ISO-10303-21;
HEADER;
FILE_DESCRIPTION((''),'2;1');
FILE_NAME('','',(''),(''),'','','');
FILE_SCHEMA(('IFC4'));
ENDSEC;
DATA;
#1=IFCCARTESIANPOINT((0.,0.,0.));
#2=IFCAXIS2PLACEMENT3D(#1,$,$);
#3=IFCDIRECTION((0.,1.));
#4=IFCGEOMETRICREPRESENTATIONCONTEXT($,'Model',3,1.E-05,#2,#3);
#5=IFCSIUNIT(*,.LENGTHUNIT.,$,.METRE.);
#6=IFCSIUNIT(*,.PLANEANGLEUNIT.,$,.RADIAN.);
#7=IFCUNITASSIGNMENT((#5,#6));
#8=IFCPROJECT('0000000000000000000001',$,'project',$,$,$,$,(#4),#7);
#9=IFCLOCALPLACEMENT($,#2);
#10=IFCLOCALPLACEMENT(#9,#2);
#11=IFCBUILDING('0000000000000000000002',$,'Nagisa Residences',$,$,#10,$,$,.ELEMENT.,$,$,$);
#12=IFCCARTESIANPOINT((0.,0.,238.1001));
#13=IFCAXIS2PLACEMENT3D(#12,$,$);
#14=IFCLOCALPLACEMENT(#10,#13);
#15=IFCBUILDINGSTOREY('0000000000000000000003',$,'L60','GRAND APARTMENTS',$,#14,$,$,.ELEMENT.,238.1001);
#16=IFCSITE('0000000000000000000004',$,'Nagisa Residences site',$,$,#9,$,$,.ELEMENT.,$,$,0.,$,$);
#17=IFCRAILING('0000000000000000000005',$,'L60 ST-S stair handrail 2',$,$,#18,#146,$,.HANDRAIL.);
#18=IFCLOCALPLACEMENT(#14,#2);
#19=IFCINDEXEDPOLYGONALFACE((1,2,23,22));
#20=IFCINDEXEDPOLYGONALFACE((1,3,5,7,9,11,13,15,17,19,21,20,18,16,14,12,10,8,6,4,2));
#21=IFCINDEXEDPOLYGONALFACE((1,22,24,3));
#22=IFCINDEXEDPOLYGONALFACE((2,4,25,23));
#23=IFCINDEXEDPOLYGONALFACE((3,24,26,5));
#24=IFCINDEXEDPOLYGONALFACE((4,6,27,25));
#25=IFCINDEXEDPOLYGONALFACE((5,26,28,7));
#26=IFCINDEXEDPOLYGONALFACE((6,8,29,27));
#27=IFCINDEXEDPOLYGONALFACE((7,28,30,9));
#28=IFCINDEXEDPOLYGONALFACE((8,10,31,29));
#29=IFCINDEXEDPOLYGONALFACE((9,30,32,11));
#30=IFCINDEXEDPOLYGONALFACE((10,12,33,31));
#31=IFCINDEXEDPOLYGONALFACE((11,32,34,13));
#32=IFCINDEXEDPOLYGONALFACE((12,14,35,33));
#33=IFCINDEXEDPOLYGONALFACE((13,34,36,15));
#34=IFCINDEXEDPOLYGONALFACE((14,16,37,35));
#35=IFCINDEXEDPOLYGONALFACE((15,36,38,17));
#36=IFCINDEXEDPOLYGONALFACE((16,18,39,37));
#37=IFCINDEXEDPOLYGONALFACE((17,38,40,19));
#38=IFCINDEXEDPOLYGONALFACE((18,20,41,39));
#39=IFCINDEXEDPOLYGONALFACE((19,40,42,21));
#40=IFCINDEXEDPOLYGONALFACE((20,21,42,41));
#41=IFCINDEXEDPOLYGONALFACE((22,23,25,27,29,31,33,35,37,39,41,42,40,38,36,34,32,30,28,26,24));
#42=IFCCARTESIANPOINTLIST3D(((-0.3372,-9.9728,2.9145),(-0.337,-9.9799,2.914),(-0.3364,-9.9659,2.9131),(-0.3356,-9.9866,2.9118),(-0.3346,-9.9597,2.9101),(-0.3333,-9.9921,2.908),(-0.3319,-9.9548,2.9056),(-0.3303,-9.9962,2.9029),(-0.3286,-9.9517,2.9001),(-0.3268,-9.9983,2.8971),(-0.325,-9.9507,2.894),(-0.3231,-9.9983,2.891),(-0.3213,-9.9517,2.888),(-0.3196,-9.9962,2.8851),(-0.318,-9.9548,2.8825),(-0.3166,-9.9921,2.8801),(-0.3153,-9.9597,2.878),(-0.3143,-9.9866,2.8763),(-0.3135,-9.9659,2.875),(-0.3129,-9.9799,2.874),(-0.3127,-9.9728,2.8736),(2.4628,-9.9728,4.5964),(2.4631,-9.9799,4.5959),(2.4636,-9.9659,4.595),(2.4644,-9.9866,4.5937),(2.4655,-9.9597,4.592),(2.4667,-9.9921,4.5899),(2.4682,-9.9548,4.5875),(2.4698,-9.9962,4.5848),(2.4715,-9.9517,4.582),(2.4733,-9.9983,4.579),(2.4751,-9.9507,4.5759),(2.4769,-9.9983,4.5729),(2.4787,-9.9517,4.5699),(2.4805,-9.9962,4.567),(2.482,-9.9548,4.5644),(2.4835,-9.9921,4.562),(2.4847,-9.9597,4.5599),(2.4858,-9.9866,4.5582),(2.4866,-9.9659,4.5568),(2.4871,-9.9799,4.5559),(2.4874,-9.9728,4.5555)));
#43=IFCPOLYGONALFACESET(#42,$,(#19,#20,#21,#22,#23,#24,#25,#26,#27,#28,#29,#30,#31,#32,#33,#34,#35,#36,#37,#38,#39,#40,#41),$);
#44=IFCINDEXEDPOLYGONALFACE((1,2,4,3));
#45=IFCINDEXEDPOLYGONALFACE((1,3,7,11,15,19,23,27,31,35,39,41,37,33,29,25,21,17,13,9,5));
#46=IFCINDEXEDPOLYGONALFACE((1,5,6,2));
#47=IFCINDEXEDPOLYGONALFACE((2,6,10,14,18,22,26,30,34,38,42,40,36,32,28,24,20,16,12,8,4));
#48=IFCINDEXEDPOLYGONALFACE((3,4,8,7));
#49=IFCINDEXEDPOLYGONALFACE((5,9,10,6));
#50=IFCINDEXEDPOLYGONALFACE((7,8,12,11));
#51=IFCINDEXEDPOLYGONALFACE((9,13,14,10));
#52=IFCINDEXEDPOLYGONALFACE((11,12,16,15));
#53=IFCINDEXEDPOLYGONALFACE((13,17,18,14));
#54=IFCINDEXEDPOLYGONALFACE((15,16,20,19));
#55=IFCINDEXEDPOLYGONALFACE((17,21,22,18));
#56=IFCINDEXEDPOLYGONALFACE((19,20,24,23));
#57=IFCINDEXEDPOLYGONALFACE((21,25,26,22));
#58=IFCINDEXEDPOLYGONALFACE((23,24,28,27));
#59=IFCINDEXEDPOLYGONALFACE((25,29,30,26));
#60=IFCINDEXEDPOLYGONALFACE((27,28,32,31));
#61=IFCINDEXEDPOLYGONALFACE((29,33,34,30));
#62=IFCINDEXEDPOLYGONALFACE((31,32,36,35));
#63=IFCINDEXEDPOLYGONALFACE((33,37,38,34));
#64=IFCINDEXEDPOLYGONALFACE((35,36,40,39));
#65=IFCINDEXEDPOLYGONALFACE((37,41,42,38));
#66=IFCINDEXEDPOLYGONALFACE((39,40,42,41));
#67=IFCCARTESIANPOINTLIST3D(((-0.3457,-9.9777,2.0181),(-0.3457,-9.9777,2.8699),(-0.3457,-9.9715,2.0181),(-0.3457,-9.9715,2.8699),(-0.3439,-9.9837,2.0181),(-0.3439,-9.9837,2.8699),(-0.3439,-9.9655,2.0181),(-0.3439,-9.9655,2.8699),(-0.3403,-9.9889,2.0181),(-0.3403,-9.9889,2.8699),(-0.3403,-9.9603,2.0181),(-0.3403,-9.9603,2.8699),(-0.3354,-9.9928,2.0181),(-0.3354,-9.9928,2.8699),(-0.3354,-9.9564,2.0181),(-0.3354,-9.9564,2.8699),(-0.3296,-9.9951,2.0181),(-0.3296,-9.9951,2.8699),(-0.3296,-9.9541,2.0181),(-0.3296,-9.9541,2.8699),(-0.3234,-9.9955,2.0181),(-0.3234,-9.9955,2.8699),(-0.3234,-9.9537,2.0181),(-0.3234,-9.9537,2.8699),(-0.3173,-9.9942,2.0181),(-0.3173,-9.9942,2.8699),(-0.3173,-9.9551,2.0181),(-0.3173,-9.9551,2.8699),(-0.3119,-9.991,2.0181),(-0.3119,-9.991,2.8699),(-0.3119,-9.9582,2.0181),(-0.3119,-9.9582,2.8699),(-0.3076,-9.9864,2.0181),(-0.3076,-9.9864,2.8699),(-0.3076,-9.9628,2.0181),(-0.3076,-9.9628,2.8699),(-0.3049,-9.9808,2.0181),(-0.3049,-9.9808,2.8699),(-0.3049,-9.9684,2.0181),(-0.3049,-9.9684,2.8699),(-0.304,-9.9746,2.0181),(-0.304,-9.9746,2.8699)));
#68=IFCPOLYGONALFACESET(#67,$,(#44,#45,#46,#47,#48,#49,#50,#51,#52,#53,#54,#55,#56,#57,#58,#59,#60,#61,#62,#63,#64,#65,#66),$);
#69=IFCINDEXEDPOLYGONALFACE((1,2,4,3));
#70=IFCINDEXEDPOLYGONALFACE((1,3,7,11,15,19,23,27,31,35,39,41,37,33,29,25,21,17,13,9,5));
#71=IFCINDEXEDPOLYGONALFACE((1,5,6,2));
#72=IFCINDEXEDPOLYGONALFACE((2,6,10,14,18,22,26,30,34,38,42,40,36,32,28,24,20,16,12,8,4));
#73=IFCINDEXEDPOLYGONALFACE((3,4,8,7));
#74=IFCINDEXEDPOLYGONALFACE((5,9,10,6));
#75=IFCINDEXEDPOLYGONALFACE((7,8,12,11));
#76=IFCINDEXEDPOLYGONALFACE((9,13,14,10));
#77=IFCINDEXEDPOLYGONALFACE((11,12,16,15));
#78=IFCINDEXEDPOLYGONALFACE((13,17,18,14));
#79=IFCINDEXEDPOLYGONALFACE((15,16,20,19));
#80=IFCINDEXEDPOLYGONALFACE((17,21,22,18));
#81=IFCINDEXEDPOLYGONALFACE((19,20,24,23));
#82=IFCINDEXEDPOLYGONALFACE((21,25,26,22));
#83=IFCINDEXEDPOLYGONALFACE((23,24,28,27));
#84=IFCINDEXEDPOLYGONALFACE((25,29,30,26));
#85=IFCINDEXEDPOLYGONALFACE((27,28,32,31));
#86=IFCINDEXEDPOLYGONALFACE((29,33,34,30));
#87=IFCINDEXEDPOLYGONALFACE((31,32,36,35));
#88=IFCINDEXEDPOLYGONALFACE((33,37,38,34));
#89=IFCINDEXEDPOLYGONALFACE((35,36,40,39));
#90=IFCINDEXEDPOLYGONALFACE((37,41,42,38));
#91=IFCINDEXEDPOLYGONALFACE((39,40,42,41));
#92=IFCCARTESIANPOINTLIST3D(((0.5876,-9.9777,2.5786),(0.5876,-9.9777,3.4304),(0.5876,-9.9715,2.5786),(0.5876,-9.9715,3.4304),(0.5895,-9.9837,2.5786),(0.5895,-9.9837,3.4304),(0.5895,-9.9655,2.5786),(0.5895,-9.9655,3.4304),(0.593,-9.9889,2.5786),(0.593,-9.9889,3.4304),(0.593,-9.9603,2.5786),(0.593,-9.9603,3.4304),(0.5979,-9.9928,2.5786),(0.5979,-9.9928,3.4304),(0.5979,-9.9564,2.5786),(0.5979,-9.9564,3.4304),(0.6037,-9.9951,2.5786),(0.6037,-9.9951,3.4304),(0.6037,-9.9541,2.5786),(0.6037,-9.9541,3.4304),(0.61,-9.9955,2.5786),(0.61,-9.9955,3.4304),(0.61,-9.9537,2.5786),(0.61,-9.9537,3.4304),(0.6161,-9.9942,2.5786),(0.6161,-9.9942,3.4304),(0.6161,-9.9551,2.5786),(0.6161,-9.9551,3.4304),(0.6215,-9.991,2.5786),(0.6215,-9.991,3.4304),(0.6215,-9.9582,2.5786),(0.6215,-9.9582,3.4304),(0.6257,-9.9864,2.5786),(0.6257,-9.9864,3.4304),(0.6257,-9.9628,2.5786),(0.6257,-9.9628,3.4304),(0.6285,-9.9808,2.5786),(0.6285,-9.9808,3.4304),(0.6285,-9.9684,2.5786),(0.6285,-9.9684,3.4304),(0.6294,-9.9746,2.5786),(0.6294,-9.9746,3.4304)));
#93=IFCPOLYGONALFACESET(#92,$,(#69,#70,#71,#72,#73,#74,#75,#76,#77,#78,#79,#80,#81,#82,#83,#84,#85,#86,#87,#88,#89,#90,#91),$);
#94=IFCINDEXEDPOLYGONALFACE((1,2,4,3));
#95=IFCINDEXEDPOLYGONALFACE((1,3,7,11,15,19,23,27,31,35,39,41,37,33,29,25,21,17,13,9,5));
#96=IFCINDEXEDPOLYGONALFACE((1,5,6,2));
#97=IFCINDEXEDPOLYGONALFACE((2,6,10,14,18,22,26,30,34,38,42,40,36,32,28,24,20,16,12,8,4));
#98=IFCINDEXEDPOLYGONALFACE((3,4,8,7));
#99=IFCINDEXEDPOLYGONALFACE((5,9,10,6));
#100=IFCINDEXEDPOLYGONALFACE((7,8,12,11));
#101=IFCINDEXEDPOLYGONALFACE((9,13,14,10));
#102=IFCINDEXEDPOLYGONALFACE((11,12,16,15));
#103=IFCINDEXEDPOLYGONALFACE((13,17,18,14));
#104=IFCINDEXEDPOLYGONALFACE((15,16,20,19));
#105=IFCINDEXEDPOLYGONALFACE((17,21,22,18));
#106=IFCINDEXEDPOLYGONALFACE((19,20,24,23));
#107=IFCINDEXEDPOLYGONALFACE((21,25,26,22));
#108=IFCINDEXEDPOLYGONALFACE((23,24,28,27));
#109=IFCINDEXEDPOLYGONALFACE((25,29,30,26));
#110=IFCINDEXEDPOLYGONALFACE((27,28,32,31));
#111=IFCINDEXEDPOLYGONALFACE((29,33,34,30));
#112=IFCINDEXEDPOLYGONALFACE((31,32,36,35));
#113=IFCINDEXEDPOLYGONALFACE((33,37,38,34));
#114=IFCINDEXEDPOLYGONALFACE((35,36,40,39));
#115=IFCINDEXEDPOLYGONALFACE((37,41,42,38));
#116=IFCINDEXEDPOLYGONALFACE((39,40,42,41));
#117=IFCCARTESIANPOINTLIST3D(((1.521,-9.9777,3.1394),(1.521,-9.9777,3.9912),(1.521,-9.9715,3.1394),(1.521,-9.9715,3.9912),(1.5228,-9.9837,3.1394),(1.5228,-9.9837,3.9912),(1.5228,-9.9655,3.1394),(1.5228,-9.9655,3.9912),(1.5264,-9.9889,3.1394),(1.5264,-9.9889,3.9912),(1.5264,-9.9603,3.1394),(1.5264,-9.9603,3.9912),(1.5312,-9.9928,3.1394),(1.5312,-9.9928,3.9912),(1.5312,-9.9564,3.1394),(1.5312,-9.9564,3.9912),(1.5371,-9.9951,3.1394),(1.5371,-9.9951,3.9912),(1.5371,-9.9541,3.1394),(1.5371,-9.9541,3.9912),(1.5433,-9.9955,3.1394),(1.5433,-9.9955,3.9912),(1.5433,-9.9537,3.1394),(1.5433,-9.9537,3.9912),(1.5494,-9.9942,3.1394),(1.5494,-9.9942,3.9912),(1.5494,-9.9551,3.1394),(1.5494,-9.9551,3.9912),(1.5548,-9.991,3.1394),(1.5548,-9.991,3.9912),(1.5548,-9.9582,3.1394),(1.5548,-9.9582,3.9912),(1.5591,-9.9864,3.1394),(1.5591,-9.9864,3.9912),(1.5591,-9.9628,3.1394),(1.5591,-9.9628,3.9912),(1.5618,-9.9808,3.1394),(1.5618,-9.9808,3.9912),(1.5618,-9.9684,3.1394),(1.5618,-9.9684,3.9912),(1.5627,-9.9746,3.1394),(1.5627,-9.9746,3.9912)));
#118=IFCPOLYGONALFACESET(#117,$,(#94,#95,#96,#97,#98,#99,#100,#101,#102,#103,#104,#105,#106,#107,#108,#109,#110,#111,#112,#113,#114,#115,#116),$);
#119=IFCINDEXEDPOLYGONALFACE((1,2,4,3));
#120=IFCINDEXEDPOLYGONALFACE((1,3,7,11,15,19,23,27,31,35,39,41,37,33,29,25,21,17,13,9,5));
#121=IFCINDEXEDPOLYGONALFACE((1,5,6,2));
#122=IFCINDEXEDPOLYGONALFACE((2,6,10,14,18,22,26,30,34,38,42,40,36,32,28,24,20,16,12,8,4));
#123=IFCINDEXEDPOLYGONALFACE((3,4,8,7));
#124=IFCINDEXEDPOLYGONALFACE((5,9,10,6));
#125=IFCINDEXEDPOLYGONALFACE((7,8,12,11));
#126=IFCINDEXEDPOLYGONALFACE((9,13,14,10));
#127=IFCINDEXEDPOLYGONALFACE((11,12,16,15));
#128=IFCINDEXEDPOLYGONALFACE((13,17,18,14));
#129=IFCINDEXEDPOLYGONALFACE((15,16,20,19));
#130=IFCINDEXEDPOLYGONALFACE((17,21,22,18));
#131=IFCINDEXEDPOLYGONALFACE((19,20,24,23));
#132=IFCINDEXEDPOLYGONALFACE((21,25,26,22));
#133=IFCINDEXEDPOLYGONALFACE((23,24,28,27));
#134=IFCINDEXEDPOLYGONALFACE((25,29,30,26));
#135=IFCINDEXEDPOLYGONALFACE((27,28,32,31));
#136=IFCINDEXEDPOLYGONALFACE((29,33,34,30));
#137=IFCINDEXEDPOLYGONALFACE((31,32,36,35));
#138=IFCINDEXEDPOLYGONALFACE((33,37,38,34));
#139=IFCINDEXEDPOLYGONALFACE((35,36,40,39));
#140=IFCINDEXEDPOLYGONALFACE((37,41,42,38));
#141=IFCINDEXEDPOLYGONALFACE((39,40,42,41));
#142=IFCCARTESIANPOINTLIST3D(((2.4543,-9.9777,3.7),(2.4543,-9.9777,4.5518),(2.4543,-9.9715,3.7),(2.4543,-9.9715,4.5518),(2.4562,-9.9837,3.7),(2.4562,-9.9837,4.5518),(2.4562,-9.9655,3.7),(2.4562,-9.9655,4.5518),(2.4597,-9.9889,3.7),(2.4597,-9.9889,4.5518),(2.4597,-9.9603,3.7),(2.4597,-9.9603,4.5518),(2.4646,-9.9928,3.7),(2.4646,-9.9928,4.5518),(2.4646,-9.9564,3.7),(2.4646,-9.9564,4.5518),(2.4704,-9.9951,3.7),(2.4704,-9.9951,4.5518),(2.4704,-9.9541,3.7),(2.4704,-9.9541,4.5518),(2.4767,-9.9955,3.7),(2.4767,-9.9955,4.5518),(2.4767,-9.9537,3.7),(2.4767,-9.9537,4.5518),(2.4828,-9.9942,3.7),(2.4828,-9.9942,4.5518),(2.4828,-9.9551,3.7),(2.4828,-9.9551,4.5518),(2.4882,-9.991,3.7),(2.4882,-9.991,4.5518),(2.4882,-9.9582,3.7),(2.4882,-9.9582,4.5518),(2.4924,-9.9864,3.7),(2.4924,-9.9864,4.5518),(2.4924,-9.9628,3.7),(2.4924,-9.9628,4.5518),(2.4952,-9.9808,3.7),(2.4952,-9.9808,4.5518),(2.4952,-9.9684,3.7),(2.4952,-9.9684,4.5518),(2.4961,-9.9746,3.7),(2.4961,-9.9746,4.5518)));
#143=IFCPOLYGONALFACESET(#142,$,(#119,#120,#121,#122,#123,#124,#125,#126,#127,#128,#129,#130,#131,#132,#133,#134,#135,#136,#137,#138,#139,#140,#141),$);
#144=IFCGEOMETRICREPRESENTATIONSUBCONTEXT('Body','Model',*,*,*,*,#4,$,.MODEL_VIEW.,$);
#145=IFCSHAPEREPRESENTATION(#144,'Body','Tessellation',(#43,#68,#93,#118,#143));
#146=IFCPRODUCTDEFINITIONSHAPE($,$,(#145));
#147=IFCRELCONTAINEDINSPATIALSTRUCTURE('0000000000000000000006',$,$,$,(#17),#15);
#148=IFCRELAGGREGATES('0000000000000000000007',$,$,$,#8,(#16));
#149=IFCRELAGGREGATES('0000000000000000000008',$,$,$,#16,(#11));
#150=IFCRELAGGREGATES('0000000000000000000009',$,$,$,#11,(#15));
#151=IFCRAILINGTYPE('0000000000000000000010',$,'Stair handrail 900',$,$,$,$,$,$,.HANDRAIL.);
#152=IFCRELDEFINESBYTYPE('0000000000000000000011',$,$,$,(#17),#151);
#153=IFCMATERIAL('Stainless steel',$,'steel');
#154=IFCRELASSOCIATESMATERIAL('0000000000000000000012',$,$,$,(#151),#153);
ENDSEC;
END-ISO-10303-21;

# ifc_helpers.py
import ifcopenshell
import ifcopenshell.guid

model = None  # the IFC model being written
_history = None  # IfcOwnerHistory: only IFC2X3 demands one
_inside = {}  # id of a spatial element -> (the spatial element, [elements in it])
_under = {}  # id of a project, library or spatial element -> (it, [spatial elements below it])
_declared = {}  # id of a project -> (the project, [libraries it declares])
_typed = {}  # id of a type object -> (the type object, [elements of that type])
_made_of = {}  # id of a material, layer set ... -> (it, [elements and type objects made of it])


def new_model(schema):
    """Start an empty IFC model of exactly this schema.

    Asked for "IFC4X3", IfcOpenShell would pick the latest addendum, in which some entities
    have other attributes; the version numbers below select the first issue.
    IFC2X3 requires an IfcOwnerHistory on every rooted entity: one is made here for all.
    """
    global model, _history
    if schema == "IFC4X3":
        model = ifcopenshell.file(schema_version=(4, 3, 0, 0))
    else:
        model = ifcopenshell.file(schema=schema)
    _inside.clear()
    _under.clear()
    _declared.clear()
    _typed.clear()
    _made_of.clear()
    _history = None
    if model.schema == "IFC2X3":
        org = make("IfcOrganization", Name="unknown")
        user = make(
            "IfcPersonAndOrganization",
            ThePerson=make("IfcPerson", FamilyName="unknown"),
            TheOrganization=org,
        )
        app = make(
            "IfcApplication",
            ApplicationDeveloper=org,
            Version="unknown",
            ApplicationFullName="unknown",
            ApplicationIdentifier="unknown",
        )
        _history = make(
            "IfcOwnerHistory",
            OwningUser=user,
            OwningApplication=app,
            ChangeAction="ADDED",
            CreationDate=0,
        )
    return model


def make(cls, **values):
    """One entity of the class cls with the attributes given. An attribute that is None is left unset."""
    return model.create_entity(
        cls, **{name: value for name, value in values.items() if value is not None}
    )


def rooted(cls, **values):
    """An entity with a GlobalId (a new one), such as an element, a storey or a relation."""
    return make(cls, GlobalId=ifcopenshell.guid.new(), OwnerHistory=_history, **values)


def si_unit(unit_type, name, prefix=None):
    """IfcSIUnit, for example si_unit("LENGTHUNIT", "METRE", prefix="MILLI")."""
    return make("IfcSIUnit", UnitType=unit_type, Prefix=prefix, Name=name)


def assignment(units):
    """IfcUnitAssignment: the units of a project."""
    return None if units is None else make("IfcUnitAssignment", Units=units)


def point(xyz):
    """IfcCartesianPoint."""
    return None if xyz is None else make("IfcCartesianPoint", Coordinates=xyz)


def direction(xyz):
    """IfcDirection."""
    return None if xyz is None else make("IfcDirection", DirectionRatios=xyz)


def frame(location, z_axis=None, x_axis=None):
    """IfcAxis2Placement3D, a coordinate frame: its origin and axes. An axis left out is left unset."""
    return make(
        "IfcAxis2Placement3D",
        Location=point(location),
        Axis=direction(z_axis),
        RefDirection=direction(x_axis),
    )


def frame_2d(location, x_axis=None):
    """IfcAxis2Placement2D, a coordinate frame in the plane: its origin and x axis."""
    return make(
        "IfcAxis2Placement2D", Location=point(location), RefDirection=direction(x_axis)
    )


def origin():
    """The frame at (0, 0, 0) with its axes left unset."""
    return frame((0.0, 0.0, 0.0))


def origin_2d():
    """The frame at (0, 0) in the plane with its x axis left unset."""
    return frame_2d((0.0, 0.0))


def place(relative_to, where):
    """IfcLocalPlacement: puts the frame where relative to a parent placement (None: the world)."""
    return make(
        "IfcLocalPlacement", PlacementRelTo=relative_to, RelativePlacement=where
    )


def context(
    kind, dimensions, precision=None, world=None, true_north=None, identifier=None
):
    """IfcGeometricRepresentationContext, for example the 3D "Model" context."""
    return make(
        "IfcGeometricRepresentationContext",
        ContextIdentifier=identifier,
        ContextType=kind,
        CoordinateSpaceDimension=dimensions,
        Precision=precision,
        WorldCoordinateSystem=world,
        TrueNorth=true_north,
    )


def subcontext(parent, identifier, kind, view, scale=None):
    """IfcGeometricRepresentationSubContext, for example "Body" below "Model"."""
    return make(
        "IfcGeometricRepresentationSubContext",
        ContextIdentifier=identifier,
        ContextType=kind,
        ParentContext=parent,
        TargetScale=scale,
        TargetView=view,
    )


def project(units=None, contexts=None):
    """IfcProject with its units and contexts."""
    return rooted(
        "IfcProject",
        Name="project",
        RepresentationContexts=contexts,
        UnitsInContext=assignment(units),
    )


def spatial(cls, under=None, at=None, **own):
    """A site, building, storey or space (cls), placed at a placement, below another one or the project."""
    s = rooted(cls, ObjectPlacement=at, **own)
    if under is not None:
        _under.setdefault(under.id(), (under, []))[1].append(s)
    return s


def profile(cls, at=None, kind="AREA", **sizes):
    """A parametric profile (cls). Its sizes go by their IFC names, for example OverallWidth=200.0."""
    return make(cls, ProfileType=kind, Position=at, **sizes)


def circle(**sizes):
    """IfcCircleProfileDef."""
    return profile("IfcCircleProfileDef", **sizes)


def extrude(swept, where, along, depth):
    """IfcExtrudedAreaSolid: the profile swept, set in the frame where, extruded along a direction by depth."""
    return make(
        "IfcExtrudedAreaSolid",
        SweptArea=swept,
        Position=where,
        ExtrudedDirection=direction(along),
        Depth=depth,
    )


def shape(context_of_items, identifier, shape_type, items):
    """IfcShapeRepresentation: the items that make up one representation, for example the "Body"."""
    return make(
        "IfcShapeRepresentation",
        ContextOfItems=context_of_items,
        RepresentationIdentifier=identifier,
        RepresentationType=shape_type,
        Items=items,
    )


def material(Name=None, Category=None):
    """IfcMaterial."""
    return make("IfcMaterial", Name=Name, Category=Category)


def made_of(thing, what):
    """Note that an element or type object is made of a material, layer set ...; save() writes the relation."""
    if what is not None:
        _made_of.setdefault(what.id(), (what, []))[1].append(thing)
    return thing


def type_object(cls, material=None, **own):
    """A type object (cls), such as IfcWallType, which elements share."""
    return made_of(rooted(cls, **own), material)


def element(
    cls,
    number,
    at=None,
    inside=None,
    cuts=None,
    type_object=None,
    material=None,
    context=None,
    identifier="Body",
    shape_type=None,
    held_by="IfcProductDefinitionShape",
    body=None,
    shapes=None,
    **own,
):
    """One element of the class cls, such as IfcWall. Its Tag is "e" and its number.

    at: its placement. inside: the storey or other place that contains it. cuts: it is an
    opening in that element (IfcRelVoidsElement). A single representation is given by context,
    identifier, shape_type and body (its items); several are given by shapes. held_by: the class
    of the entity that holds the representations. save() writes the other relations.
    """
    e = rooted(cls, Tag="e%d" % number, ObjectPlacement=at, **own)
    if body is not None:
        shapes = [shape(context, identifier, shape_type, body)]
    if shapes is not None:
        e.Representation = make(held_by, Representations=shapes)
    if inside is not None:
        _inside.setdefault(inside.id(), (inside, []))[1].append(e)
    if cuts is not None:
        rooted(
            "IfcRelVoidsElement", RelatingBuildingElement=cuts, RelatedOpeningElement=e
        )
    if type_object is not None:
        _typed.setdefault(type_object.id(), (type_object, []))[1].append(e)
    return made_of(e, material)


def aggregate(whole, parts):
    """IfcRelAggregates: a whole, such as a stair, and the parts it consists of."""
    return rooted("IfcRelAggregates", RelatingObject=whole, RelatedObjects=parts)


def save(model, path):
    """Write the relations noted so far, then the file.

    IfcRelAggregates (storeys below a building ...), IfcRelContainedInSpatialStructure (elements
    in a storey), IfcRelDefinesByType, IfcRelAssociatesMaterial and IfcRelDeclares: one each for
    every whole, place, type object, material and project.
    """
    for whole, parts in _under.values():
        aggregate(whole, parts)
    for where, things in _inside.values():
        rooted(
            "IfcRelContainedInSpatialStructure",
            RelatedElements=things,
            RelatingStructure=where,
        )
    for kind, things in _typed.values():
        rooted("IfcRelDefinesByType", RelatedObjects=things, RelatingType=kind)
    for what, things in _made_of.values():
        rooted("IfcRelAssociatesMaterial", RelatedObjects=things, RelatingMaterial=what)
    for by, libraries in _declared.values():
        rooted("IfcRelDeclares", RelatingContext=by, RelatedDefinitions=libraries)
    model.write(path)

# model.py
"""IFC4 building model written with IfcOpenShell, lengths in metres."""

from ifc_helpers import new_model, si_unit, direction, frame, origin, origin_2d, place, context, subcontext, project, spatial, circle, extrude, material, type_object, element, save


model = new_model("IFC4")

# Units and contexts
model_context = context("Model", 3, precision=1e-05, world=origin(), true_north=direction((0.0, 1.0)))
body_context = subcontext(model_context, "Body", "Model", "MODEL_VIEW")
ifc_project = project(units=[si_unit("LENGTHUNIT", "METRE"), si_unit("PLANEANGLEUNIT", "RADIAN")], contexts=[model_context])

# Site, building, storey
site_placement = place(None, origin())
site = spatial("IfcSite", under=ifc_project, at=site_placement, Name="Nagisa Residences site", CompositionType="ELEMENT", RefElevation=0.0)
building_placement = place(site_placement, origin())
building = spatial("IfcBuilding", under=site, at=building_placement, Name="Nagisa Residences", CompositionType="ELEMENT")
storey_placement = place(building_placement, frame((0.0, 0.0, 238.1001)))
storey = spatial("IfcBuildingStorey", under=building, at=storey_placement, Name="L60", Description="GRAND APARTMENTS", CompositionType="ELEMENT", Elevation=238.1001)

# Railing
ifc_material_1 = material(Name="Stainless steel", Category="steel")
railing_type = type_object("IfcRailingType", Name="Stair handrail 900", PredefinedType="HANDRAIL", material=ifc_material_1)
railing_placement = place(storey_placement, frame((-0.325, -9.9746, 2.0181)))
element("IfcRailing", 1, at=railing_placement, inside=storey, type_object=railing_type, Name="L60 ST-S stair handrail 2", PredefinedType="HANDRAIL", context=body_context, shape_type="SweptSolid", body=[
    extrude(circle(Radius=0.0239, at=origin_2d()), frame((0.0, 0.0, 0.876), z_axis=(0.857242, 0.0, 0.514913), x_axis=(0.0, 1.0, 0.0)), (0.0, 0.0, 1.0), 3.2664),
    extrude(circle(Radius=0.021, at=origin_2d()), origin(), (0.0, 0.0, 1.0), 0.8518),
    extrude(circle(Radius=0.021, at=origin_2d()), frame((0.9333, 0.0, 0.5605)), (0.0, 0.0, 1.0), 0.8518),
    extrude(circle(Radius=0.021, at=origin_2d()), frame((1.8667, 0.0, 1.1213)), (0.0, 0.0, 1.0), 0.8518),
    extrude(circle(Radius=0.021, at=origin_2d()), frame((2.8, 0.0, 1.6819)), (0.0, 0.0, 1.0), 0.8518),
])

save(model, "model.ifc")
